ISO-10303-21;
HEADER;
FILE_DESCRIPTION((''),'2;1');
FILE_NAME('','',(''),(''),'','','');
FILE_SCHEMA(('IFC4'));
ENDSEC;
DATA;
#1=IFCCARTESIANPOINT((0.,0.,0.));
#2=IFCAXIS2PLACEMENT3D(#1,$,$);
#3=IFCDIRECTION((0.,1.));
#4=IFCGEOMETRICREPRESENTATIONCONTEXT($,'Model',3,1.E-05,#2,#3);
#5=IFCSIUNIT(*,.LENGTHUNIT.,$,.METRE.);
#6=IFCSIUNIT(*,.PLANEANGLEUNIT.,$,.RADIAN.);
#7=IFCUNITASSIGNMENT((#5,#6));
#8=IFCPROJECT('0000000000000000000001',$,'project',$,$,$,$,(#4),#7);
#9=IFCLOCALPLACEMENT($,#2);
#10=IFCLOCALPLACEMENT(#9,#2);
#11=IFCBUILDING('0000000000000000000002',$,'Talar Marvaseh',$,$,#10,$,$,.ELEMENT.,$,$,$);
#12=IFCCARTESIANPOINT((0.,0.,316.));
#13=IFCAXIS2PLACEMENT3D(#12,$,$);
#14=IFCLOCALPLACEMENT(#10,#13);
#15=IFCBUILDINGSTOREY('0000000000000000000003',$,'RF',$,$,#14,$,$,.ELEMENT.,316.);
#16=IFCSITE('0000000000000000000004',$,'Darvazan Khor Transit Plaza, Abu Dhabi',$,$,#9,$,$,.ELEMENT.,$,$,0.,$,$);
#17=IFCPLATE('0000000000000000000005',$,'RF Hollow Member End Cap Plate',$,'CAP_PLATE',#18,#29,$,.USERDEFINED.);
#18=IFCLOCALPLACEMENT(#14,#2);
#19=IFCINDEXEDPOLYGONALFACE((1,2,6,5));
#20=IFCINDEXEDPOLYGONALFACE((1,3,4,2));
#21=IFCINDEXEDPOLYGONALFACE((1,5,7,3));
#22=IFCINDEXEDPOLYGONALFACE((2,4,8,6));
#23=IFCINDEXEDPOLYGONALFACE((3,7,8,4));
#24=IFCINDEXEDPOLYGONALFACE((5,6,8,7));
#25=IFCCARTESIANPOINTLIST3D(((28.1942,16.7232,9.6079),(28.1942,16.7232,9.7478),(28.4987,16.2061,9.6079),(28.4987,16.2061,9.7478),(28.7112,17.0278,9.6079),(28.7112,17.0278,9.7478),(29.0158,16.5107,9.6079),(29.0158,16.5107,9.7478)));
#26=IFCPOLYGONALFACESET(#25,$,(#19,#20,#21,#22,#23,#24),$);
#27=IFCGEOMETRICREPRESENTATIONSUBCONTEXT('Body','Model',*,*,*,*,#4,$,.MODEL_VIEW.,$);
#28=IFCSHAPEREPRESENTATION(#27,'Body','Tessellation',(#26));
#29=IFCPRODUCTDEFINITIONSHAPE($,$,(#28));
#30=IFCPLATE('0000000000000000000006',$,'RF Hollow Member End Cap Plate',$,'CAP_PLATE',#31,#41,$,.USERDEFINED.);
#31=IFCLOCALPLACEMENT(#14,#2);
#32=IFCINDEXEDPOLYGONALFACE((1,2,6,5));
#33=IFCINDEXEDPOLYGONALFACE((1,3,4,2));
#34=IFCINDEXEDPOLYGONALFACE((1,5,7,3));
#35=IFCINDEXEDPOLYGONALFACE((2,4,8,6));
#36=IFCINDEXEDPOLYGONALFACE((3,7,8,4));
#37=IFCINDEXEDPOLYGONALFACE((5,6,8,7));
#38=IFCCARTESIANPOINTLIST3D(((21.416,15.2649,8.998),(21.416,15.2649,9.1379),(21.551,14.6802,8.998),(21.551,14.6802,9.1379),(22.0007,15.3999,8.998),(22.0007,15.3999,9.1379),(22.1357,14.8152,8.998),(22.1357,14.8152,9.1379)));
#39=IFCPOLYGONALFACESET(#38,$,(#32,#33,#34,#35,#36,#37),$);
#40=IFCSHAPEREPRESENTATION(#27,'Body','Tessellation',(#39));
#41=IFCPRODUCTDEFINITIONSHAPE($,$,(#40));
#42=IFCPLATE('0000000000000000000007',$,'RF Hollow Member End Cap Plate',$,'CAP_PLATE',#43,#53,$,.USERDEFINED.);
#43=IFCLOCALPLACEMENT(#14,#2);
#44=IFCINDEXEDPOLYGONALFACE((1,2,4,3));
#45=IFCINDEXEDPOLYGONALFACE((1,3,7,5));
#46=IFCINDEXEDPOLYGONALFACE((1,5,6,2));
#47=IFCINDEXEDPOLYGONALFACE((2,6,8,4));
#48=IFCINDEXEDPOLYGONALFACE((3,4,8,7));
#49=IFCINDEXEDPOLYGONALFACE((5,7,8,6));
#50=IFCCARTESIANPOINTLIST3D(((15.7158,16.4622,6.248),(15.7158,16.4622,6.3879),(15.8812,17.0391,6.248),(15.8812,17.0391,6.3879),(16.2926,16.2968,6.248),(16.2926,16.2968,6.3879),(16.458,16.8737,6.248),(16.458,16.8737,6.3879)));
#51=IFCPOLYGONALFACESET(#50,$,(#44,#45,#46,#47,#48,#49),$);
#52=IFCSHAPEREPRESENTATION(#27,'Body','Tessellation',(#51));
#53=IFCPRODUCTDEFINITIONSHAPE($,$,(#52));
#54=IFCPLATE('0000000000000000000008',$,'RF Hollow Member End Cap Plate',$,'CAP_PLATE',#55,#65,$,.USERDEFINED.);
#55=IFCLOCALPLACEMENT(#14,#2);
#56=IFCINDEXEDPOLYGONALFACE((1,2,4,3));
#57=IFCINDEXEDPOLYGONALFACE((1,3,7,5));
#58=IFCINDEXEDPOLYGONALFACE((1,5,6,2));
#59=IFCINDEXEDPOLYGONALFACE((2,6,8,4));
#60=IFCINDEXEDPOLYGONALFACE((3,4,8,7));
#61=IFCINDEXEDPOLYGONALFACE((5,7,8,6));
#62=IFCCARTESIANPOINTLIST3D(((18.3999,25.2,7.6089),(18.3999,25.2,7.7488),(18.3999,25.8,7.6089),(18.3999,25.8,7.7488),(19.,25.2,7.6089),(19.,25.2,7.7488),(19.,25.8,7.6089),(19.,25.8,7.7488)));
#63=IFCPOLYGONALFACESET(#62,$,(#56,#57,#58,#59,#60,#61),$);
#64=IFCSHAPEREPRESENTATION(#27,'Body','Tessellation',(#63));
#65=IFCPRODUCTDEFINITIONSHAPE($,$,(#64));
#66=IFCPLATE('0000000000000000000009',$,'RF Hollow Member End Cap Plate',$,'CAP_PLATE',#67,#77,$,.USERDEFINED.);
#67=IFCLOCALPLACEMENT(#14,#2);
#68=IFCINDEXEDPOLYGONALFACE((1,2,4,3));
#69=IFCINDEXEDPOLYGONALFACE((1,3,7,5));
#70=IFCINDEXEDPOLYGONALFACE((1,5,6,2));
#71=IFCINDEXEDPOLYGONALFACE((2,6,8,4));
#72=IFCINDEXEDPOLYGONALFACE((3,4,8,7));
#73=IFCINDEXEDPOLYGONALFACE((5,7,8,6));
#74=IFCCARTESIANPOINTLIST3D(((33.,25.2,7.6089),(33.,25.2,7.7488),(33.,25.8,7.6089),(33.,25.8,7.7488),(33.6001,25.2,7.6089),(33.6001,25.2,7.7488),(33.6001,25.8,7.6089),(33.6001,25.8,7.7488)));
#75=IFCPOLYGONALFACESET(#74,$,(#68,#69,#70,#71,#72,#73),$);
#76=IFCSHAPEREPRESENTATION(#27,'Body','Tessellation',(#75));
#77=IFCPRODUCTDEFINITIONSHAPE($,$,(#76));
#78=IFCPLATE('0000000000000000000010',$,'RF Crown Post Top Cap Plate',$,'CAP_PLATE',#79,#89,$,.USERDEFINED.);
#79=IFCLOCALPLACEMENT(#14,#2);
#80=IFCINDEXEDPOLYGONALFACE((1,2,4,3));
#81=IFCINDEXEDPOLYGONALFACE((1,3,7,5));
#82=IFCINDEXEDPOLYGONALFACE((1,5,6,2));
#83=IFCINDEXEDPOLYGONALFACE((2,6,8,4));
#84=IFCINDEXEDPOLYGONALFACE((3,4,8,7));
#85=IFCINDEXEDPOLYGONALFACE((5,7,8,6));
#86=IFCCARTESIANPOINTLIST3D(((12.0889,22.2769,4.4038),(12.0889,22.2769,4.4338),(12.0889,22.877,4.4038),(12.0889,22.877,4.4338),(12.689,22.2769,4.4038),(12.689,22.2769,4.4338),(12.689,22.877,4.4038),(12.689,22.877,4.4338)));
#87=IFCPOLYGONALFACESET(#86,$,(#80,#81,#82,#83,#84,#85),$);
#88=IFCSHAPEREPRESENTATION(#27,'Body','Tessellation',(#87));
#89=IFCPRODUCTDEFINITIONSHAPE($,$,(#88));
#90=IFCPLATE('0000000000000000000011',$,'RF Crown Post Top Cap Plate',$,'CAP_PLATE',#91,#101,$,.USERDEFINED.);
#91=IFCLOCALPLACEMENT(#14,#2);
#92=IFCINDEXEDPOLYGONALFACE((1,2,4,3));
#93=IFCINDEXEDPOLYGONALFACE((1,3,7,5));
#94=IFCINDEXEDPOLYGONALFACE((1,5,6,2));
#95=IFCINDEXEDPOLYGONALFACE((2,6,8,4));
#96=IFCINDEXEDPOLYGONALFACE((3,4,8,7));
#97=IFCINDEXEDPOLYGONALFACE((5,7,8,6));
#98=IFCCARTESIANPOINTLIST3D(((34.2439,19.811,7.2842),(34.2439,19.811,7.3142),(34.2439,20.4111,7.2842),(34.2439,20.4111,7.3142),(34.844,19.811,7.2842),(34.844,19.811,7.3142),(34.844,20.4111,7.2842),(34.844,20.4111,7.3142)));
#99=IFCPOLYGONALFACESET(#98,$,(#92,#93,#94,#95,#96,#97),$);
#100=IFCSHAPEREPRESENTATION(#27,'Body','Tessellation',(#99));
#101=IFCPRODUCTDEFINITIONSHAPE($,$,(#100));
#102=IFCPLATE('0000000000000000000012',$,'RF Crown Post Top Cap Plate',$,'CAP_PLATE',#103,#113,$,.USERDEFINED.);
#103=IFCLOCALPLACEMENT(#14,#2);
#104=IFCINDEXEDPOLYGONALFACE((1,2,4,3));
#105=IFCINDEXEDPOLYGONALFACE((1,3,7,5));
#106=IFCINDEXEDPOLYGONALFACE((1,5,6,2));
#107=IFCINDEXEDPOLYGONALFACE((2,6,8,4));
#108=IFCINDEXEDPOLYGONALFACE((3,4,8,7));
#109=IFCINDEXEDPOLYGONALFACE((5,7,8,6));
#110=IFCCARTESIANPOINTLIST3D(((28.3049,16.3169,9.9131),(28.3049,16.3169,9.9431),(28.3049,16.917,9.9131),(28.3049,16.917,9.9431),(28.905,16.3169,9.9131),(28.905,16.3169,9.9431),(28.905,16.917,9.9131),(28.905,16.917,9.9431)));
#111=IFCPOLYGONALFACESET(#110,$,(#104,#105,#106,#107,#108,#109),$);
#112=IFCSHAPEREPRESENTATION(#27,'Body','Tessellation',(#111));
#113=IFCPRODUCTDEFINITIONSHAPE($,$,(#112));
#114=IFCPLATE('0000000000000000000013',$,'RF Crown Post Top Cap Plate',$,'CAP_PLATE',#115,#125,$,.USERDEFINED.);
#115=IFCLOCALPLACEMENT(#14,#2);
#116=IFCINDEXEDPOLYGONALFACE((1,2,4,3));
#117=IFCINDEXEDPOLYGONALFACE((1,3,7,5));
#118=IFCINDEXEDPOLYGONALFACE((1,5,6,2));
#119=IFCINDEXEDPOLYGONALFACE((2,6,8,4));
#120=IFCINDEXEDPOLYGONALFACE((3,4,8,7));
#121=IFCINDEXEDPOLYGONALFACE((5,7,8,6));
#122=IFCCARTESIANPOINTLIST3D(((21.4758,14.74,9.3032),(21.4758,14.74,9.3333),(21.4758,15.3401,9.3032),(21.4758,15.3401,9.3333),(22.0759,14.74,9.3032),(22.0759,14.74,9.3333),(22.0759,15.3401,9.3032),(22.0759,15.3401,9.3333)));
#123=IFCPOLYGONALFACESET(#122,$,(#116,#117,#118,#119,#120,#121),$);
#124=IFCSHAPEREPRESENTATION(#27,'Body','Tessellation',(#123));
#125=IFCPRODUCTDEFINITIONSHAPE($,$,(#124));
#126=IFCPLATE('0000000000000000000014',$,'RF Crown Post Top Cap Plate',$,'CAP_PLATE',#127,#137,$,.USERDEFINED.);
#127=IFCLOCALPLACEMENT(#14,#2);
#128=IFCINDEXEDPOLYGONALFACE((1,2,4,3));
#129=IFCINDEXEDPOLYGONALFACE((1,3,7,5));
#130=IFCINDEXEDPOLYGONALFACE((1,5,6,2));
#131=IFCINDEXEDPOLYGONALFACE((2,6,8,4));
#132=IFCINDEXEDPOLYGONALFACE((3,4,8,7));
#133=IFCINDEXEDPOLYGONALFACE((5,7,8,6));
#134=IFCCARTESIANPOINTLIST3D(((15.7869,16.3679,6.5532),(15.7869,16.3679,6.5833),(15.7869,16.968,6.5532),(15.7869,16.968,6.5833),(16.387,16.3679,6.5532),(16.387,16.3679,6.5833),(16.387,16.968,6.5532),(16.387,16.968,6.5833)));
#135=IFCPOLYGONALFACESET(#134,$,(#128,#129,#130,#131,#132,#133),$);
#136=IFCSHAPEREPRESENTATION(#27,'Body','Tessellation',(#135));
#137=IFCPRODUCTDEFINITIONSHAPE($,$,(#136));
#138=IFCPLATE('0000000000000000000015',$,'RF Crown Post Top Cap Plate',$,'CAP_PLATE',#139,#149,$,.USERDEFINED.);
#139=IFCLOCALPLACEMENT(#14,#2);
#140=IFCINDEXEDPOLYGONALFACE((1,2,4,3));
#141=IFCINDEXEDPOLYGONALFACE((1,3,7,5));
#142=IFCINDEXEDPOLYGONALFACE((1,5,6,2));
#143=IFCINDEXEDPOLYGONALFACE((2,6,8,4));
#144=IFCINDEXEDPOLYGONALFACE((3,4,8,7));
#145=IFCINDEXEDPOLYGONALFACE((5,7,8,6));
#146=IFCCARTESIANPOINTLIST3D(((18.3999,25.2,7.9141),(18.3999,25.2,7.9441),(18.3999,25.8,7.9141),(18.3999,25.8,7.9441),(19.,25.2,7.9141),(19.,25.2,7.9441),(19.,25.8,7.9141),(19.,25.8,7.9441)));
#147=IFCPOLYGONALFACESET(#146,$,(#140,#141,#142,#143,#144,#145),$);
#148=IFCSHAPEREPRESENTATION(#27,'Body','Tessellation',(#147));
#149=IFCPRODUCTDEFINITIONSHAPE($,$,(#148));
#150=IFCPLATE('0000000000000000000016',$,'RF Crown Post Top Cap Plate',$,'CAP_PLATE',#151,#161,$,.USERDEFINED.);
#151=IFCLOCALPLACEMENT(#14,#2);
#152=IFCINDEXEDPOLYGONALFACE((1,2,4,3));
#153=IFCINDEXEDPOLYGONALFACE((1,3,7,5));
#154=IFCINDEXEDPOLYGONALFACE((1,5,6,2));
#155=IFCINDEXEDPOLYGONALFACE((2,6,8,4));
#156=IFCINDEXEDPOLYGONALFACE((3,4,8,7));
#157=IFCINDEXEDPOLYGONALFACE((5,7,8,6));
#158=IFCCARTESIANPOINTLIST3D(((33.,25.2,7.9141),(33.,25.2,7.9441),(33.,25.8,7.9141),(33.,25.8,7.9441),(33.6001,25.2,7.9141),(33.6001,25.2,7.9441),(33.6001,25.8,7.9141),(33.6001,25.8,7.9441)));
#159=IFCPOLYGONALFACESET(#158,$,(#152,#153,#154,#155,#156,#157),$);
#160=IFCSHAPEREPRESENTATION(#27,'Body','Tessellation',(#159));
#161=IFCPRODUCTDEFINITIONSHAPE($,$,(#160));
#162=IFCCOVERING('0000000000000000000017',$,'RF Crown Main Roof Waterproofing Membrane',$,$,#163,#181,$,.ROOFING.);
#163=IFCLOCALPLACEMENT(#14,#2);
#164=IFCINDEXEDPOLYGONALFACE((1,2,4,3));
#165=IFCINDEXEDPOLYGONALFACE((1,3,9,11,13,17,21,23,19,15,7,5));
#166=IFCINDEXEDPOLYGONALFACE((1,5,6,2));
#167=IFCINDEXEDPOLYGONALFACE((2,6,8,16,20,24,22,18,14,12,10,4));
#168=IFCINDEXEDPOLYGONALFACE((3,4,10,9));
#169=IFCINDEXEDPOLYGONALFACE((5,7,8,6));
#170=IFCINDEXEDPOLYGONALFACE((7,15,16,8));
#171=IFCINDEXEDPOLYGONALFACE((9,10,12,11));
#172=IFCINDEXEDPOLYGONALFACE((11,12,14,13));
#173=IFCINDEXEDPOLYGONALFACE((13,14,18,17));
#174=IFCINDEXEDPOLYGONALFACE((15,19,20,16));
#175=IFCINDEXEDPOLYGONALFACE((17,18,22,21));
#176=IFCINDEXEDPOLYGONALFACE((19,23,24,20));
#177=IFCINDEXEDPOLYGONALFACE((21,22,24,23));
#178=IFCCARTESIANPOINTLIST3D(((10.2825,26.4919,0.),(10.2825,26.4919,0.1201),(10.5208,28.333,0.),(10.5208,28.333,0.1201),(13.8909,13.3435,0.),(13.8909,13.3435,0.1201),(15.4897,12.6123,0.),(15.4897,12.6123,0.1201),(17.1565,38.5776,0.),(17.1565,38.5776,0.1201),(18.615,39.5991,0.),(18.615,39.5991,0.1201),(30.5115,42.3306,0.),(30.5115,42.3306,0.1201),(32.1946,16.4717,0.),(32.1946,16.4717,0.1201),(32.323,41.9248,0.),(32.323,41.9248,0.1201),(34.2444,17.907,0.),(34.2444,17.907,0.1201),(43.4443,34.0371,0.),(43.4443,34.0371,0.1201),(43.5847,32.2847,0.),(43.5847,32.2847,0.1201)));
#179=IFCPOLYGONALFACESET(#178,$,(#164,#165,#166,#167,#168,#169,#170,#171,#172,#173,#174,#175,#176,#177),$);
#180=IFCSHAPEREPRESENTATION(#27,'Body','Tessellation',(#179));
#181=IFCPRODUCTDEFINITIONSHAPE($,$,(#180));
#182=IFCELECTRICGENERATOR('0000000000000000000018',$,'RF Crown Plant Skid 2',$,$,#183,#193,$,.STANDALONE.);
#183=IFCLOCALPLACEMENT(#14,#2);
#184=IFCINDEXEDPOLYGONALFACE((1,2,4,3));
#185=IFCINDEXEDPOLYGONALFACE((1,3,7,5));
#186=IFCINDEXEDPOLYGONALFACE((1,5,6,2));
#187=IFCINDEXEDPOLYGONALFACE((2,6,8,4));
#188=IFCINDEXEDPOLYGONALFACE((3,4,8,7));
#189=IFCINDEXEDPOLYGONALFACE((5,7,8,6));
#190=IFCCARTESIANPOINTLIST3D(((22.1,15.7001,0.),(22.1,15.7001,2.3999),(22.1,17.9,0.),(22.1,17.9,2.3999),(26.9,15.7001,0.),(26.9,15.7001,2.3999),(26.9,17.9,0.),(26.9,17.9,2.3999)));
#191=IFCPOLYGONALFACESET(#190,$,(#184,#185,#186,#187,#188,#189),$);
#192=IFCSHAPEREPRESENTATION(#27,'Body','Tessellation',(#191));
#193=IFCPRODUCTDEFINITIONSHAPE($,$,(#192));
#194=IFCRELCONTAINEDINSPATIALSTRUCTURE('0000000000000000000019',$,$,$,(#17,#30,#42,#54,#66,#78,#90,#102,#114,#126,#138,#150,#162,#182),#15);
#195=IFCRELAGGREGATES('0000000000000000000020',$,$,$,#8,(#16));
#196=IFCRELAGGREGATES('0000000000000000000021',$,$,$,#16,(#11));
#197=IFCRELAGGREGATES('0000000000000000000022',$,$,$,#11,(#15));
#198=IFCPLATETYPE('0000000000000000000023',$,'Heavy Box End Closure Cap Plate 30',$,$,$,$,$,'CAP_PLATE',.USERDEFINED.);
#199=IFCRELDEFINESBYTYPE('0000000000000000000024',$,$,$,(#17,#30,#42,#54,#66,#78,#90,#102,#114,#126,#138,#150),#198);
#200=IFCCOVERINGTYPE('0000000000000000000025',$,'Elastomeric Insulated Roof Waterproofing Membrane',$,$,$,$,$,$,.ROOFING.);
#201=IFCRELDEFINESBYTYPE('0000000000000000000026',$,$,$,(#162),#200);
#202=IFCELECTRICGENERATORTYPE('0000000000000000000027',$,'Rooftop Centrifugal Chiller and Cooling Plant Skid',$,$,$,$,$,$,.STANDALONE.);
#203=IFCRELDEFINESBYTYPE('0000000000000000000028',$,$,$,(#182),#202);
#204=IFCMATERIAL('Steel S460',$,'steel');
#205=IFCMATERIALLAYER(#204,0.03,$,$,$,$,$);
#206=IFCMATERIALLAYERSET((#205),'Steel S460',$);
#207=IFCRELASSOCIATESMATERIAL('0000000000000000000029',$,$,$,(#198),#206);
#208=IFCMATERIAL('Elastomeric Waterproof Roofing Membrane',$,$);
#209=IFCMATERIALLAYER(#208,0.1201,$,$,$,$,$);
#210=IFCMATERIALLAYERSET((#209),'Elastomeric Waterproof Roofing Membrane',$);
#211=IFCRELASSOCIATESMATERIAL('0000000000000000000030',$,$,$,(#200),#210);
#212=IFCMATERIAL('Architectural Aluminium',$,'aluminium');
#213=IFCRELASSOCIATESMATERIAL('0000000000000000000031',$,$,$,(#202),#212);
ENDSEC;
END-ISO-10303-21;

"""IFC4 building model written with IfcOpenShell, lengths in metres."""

from ifc_helpers import new_model, si_unit, direction, frame, origin, origin_2d, place, context, subcontext, project, spatial, polyline, rectangle, outline, extrude, source, transform, mapped, material, layer, layer_set, type_object, type_shapes, element, save


model = new_model("IFC4")

# Units and contexts
model_context = context("Model", 3, precision=1e-05, world=origin(), true_north=direction((0.0, 1.0)))
body_context = subcontext(model_context, "Body", "Model", "MODEL_VIEW")
ifc_project = project(units=[si_unit("LENGTHUNIT", "METRE"), si_unit("PLANEANGLEUNIT", "RADIAN")], contexts=[model_context])

# Site, building, storey
site_placement = place(None, origin())
site = spatial("IfcSite", under=ifc_project, at=site_placement, Name="Darvazan Khor Transit Plaza, Abu Dhabi", CompositionType="ELEMENT", RefElevation=0.0)
building_placement = place(site_placement, origin())
building = spatial("IfcBuilding", under=site, at=building_placement, Name="Talar Marvaseh", CompositionType="ELEMENT")
storey_placement = place(building_placement, frame((0.0, 0.0, 316.0)))
storey = spatial("IfcBuildingStorey", under=building, at=storey_placement, Name="RF", CompositionType="ELEMENT", Elevation=316.0)

# Shared definitions
ifc_material_1 = material(Name="Steel S460", Category="steel")

# Plates
ifc_layer_1 = layer(ifc_material_1, 0.03)
ifc_layer_set_1 = layer_set([ifc_layer_1], Name="Steel S460")
plate_type = type_object("IfcPlateType", Name="Heavy Box End Closure Cap Plate 30", ElementType="CAP_PLATE", PredefinedType="USERDEFINED", material=ifc_layer_set_1)
shared_shape_1 = source(origin(), body_context, "Body", "SweptSolid", [
    extrude(rectangle(XDim=0.6001, YDim=0.6001, at=origin_2d()), origin(), (0.0, 0.0, 1.0), 0.1399),
])
for number, where, z_axis, x_axis, name in (
    (1, (28.605, 16.6169, 9.6079), (0.0, 0.0, 1.0), (-0.861629, -0.507538, 0.0), "RF Hollow Member End Cap Plate"),
    (2, (21.7759, 15.04, 8.998), (0.0, 0.0, 1.0), (-0.97437, -0.224951, 0.0), "RF Hollow Member End Cap Plate"),
    (3, (16.0869, 16.668, 6.248), (0.0, 0.0, 1.0), (-0.961262, 0.275637, 0.0), "RF Hollow Member End Cap Plate"),
    (4, (18.7, 25.5, 7.6089), (0.0, 0.0, 1.0), (1.0, 0.0, 0.0), "RF Hollow Member End Cap Plate"),
    (5, (33.3, 25.5, 7.6089), (0.0, 0.0, 1.0), (1.0, 0.0, 0.0), "RF Hollow Member End Cap Plate"),
):
    element("IfcPlate", number, at=place(storey_placement, frame(where, z_axis=z_axis, x_axis=x_axis)), inside=storey, type_object=plate_type, Name=name, ObjectType="CAP_PLATE", PredefinedType="USERDEFINED", context=body_context, shape_type="MappedRepresentation", body=[
        mapped(shared_shape_1, transform((0.0, 0.0, 0.0), x_axis=(1.0, 0.0, 0.0), y_axis=(0.0, 1.0, 0.0), z_axis=(0.0, 0.0, 1.0), scale=1.0)),
    ])
shared_shape_2 = source(origin(), body_context, "Body", "SweptSolid", [
    extrude(rectangle(XDim=0.6001, YDim=0.6001, at=origin_2d()), origin(), (0.0, 0.0, 1.0), 0.03),
])
type_shapes(plate_type, [shared_shape_1, shared_shape_2])
for number, where, z_axis, x_axis, name in (
    (6, (12.3889, 22.5769, 4.4038), (0.0, 0.0, 1.0), (1.0, 0.0, 0.0), "RF Crown Post Top Cap Plate"),
    (7, (34.5439, 20.1111, 7.2842), (0.0, 0.0, 1.0), (1.0, 0.0, 0.0), "RF Crown Post Top Cap Plate"),
    (8, (28.605, 16.6169, 9.9131), (0.0, 0.0, 1.0), (1.0, 0.0, 0.0), "RF Crown Post Top Cap Plate"),
    (9, (21.7759, 15.04, 9.3032), (0.0, 0.0, 1.0), (1.0, 0.0, 0.0), "RF Crown Post Top Cap Plate"),
    (10, (16.0869, 16.668, 6.5532), (0.0, 0.0, 1.0), (1.0, 0.0, 0.0), "RF Crown Post Top Cap Plate"),
    (11, (18.7, 25.5, 7.9141), (0.0, 0.0, 1.0), (1.0, 0.0, 0.0), "RF Crown Post Top Cap Plate"),
    (12, (33.3, 25.5, 7.9141), (0.0, 0.0, 1.0), (1.0, 0.0, 0.0), "RF Crown Post Top Cap Plate"),
):
    element("IfcPlate", number, at=place(storey_placement, frame(where, z_axis=z_axis, x_axis=x_axis)), inside=storey, type_object=plate_type, Name=name, ObjectType="CAP_PLATE", PredefinedType="USERDEFINED", context=body_context, shape_type="MappedRepresentation", body=[
        mapped(shared_shape_2, transform((0.0, 0.0, 0.0), x_axis=(1.0, 0.0, 0.0), y_axis=(0.0, 1.0, 0.0), z_axis=(0.0, 0.0, 1.0), scale=1.0)),
    ])

# Covering
ifc_material_2 = material(Name="Elastomeric Waterproof Roofing Membrane")
ifc_layer_2 = layer(ifc_material_2, 0.1201)
ifc_layer_set_2 = layer_set([ifc_layer_2], Name="Elastomeric Waterproof Roofing Membrane")
covering_type = type_object("IfcCoveringType", Name="Elastomeric Insulated Roof Waterproofing Membrane", PredefinedType="ROOFING", material=ifc_layer_set_2)
covering_placement = place(storey_placement, origin())
element("IfcCovering", 13, at=covering_placement, inside=storey, type_object=covering_type, Name="RF Crown Main Roof Waterproofing Membrane", PredefinedType="ROOFING", context=body_context, shape_type="SweptSolid", body=[
    extrude(outline(polyline([(15.4897, 12.6123), (13.8909, 13.3435), (10.2825, 26.4919), (10.5208, 28.333), (17.1565, 38.5776), (18.615, 39.5991), (30.5115, 42.3306), (32.323, 41.9248), (43.4443, 34.0371), (43.5847, 32.2847), (34.2444, 17.907), (32.1946, 16.4717), (15.4897, 12.6123)])), origin(), (0.0, 0.0, 1.0), 0.1201),
])

# Electric generator
ifc_material_3 = material(Name="Architectural Aluminium", Category="aluminium")
electric_generator_type = type_object("IfcElectricGeneratorType", Name="Rooftop Centrifugal Chiller and Cooling Plant Skid", PredefinedType="STANDALONE", material=ifc_material_3)
shared_shape_3 = source(origin(), body_context, "Body", "SweptSolid", [
    extrude(rectangle(XDim=4.8, YDim=2.2, at=origin_2d()), origin(), (0.0, 0.0, 1.0), 2.3999),
])
type_shapes(electric_generator_type, [shared_shape_3])
electric_generator_placement = place(storey_placement, frame((24.5, 16.8, 0.0), z_axis=(0.0, 0.0, 1.0), x_axis=(1.0, 0.0, 0.0)))
element("IfcElectricGenerator", 14, at=electric_generator_placement, inside=storey, type_object=electric_generator_type, Name="RF Crown Plant Skid 2", PredefinedType="STANDALONE", context=body_context, shape_type="MappedRepresentation", body=[
    mapped(shared_shape_3, transform((0.0, 0.0, 0.0), x_axis=(1.0, 0.0, 0.0), y_axis=(0.0, 1.0, 0.0), z_axis=(0.0, 0.0, 1.0), scale=1.0)),
])

save(model, "model.ifc")
